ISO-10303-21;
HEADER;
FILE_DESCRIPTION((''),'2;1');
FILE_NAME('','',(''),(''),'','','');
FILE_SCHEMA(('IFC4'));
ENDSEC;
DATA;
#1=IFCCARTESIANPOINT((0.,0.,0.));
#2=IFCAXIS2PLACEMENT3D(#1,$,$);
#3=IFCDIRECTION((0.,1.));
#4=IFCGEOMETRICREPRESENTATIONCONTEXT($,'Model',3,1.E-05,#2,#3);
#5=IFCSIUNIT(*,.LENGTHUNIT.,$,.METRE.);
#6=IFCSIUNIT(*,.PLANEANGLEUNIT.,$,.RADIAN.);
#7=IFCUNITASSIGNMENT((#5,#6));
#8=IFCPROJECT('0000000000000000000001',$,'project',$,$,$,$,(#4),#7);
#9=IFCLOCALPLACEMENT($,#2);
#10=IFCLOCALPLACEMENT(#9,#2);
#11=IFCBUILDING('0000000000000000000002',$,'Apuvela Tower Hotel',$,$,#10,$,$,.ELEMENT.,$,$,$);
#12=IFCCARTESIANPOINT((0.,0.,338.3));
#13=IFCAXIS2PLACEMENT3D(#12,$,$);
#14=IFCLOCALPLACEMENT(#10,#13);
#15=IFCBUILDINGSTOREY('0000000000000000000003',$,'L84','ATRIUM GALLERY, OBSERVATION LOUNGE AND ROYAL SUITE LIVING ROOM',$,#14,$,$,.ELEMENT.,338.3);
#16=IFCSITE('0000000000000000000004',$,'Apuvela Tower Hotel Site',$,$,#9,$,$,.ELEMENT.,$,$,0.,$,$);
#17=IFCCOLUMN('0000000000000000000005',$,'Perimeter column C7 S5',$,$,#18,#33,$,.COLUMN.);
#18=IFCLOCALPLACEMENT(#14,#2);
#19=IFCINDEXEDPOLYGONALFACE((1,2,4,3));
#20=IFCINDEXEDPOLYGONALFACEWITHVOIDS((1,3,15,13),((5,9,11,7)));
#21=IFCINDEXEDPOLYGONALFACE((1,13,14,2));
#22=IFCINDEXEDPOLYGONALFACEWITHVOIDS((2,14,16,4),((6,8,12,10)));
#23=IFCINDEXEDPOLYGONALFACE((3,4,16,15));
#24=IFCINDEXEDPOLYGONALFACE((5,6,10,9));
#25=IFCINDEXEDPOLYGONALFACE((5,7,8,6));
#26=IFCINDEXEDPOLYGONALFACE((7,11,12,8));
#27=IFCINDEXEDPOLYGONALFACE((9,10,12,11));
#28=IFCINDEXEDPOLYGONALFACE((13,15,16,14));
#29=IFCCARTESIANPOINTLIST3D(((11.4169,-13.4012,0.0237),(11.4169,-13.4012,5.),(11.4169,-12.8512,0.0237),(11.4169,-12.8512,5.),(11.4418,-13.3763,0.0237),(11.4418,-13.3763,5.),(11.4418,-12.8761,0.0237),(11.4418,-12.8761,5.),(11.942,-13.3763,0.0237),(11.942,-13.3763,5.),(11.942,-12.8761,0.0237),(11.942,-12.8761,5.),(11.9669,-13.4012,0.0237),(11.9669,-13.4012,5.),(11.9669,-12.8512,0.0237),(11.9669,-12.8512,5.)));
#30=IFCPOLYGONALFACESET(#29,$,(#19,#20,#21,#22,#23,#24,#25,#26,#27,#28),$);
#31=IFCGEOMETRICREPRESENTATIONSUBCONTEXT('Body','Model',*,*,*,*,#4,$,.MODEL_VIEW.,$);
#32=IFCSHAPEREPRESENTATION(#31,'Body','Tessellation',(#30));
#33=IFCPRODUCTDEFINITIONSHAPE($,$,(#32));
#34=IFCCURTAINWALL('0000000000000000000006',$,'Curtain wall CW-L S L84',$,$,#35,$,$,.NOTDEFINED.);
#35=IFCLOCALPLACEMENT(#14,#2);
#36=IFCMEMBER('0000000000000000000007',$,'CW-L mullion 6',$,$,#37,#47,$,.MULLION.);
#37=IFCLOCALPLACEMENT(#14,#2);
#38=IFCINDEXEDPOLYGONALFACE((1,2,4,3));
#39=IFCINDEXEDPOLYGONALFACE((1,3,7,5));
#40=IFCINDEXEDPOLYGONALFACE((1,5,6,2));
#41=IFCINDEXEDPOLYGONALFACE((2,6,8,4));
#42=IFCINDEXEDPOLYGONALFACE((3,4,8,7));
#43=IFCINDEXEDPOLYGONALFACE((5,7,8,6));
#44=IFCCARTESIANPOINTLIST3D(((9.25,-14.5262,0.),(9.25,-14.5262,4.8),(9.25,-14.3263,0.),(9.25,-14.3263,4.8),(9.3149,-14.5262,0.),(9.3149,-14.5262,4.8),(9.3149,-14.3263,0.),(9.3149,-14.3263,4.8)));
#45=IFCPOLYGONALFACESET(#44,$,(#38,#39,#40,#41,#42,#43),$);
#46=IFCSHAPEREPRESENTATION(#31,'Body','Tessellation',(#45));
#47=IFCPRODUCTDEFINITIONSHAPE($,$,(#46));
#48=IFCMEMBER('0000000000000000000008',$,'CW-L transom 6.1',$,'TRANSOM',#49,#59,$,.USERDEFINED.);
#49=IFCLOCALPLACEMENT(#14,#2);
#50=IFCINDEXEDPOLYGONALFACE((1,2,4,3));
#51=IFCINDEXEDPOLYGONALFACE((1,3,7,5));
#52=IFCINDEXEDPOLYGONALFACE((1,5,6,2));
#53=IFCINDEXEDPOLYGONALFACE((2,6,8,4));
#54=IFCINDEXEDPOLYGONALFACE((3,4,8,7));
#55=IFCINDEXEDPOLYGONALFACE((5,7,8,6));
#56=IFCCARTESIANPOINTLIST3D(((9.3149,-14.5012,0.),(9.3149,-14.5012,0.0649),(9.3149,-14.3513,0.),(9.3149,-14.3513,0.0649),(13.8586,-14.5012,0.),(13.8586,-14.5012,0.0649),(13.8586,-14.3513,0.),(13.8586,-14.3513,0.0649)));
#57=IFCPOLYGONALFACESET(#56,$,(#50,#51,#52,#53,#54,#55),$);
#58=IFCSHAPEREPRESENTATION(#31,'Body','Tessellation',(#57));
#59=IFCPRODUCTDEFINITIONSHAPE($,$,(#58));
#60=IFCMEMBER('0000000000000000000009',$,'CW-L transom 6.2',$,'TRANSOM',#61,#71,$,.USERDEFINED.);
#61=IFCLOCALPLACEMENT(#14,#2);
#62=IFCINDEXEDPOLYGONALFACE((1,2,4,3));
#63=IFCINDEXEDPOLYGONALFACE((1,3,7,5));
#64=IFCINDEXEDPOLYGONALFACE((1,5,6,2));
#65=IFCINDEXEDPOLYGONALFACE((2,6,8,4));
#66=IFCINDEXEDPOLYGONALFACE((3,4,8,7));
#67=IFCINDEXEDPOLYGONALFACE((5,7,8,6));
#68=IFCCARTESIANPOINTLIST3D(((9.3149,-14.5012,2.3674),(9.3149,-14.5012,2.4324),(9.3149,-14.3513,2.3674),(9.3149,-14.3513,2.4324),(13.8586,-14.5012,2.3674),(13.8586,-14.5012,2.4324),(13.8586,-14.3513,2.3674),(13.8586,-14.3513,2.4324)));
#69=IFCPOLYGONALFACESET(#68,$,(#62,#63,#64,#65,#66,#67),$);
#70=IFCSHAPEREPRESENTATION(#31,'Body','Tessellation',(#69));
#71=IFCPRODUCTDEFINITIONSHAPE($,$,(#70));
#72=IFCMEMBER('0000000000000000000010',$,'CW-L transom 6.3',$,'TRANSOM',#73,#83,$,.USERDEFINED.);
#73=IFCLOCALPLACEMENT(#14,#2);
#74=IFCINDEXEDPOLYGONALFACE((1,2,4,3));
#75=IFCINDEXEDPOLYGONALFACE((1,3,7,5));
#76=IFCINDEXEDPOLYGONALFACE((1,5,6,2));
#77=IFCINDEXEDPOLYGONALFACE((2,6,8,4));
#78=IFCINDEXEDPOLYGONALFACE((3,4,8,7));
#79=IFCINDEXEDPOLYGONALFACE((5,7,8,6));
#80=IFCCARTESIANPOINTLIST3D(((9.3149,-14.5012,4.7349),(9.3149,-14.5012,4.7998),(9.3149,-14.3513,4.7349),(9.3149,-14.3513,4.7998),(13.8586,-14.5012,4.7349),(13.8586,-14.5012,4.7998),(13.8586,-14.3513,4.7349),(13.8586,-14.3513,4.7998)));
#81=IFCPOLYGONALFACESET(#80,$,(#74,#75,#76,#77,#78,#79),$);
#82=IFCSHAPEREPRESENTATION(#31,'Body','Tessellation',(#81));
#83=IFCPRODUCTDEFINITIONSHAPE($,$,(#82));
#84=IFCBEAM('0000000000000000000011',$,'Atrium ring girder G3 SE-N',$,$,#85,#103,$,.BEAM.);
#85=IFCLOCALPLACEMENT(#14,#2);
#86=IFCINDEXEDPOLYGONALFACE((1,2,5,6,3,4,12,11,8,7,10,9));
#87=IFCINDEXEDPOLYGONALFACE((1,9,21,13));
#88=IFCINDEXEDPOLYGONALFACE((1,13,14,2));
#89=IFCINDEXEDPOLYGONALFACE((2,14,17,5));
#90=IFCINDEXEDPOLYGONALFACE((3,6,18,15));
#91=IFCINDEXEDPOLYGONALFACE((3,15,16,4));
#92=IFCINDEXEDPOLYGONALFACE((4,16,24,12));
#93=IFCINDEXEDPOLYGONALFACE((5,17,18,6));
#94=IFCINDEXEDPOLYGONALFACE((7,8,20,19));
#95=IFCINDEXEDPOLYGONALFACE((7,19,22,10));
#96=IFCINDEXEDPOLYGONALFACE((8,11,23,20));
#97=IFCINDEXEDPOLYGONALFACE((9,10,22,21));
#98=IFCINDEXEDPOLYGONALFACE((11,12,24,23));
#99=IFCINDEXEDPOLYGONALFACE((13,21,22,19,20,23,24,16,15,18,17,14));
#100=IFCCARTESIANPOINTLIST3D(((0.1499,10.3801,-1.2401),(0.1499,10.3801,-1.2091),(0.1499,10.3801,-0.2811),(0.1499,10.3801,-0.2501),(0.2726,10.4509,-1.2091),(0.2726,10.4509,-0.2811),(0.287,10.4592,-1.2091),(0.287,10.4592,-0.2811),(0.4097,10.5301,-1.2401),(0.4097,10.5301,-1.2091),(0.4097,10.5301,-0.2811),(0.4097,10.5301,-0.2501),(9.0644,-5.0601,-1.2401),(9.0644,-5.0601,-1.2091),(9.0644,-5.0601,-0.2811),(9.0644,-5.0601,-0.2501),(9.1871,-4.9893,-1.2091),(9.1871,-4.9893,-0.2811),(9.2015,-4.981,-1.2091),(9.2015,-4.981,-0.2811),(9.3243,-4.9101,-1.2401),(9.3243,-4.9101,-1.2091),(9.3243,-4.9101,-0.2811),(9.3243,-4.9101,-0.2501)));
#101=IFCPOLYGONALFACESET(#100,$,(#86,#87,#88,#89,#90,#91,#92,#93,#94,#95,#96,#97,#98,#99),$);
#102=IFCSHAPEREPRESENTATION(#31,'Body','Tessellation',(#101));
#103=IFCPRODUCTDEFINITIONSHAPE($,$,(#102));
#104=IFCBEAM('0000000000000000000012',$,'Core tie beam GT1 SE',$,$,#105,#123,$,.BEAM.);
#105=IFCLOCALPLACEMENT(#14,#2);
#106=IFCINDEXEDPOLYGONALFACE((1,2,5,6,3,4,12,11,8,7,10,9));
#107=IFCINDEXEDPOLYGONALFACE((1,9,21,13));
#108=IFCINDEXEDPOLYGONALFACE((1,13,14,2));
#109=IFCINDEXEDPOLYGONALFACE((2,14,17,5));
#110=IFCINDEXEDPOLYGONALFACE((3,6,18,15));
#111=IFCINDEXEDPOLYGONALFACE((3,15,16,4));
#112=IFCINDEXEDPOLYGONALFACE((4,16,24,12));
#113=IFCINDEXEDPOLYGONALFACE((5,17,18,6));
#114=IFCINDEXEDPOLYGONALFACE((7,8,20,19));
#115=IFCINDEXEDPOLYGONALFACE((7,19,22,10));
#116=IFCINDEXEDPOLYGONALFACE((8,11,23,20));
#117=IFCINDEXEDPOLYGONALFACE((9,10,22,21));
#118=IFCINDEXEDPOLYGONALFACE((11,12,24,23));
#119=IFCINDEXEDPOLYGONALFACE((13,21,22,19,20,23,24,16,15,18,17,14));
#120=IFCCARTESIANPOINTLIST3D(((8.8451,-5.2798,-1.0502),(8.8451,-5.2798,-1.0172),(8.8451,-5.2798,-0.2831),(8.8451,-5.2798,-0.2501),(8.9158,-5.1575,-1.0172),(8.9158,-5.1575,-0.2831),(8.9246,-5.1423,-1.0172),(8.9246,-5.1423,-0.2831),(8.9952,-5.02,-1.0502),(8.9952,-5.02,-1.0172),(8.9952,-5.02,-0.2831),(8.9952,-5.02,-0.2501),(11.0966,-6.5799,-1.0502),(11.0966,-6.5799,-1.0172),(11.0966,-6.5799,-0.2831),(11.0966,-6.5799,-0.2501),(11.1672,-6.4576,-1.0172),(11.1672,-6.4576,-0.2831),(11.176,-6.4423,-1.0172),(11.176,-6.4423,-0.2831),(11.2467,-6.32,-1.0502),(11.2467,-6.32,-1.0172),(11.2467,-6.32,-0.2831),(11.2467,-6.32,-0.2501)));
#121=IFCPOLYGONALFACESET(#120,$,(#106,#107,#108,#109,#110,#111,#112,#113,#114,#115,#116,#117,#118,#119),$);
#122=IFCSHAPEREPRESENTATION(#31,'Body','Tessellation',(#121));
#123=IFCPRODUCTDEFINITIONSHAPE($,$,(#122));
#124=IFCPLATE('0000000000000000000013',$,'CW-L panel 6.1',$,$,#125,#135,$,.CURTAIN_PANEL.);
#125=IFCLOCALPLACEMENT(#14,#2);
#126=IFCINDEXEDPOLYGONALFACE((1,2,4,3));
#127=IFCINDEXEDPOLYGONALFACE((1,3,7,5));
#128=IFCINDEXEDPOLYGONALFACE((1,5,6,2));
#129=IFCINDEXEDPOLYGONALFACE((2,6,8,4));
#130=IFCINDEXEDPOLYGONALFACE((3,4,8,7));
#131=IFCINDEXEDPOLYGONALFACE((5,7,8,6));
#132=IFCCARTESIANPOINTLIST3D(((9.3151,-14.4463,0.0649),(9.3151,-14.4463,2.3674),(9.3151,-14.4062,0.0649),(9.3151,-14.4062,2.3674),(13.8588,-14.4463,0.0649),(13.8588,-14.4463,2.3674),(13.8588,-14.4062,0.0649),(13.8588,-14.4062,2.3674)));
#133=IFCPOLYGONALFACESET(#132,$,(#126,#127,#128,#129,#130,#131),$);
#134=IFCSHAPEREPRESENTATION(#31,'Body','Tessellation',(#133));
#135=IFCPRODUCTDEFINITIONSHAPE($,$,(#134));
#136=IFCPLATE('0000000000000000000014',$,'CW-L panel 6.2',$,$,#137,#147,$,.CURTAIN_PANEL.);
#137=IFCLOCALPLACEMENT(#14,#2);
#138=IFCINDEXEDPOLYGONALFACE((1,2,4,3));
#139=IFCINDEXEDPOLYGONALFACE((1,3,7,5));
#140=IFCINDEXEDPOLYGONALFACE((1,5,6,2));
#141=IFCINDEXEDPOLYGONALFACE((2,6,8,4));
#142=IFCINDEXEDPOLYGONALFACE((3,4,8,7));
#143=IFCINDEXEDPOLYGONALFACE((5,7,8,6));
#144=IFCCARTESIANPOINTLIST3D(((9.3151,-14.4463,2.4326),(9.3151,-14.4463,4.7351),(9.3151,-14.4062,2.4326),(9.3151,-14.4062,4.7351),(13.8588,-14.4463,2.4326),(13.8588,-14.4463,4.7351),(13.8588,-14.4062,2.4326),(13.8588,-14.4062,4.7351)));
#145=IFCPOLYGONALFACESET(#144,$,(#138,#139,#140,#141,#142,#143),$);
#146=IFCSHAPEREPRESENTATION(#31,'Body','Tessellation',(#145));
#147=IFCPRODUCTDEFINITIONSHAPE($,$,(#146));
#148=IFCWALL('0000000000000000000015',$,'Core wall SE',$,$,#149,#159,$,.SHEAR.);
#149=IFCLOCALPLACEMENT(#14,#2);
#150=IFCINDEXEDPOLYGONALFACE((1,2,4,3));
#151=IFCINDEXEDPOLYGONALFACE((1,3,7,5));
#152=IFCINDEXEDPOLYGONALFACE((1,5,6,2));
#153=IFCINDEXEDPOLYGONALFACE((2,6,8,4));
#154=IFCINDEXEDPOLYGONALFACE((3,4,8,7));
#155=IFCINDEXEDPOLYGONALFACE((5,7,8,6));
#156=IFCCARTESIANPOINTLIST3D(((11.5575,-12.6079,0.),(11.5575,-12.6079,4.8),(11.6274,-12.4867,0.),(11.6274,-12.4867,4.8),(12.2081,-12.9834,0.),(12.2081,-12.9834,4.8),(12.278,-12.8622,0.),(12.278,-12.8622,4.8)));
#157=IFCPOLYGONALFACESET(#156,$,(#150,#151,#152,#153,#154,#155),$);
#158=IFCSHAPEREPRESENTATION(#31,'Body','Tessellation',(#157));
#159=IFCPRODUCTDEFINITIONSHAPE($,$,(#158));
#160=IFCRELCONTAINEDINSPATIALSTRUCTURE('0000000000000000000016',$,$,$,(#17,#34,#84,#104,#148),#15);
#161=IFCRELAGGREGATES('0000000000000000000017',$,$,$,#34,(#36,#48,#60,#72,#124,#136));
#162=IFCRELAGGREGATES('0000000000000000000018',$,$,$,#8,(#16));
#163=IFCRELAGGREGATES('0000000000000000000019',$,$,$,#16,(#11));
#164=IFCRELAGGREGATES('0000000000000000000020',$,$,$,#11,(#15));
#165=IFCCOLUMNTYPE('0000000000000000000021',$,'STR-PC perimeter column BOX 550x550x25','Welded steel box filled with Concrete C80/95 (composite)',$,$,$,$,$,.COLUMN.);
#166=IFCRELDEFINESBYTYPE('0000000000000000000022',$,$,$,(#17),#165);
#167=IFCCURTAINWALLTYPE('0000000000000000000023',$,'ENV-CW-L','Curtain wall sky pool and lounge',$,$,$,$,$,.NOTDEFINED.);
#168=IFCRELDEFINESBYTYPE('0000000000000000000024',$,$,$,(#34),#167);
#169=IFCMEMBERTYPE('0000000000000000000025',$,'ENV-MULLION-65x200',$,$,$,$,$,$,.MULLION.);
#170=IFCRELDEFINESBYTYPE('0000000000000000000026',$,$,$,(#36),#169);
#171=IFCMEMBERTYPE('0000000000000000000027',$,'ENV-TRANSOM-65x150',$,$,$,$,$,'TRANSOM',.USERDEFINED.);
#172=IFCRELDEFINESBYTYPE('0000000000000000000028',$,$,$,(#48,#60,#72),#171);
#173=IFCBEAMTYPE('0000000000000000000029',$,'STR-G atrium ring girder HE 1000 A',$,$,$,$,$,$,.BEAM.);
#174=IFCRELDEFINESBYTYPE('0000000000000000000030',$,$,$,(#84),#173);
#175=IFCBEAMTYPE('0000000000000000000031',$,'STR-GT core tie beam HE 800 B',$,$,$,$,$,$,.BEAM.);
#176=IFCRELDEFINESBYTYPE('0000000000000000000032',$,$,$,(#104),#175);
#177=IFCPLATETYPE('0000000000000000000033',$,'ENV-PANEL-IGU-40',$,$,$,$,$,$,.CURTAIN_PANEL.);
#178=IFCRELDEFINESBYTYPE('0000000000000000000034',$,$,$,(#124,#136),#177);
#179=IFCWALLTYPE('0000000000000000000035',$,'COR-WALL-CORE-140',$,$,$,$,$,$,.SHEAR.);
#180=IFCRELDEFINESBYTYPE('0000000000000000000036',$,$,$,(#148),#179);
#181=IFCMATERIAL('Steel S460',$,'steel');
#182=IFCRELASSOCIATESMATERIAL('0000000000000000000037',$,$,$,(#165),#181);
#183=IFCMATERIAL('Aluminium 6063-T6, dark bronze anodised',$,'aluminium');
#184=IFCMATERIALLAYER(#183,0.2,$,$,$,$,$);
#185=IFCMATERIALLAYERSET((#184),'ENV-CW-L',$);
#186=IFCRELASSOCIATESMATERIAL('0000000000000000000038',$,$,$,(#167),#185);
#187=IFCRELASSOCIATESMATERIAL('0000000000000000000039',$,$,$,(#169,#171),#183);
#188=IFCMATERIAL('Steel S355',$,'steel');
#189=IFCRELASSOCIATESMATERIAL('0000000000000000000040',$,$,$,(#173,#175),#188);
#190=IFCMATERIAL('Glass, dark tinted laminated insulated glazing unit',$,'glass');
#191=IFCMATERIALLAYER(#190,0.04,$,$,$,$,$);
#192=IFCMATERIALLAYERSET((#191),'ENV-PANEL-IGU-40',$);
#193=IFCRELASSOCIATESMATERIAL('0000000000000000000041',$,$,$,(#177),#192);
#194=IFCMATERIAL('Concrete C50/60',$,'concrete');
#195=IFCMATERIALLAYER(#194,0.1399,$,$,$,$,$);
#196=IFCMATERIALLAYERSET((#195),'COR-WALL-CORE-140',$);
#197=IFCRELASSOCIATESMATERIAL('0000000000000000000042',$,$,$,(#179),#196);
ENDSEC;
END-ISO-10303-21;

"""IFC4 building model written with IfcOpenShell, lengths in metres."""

from ifc_helpers import new_model, si_unit, direction, frame, frame_2d, origin, origin_2d, place, context, subcontext, project, spatial, rectangle, hollow_rectangle, i_section, extrude, boolean, halfspace, material, layer, layer_set, material_profile, profile_set, type_object, element, aggregate, save


model = new_model("IFC4")

# Units and contexts
model_context = context("Model", 3, precision=1e-05, world=origin(), true_north=direction((0.0, 1.0)))
body_context = subcontext(model_context, "Body", "Model", "MODEL_VIEW")
ifc_project = project(units=[si_unit("LENGTHUNIT", "METRE"), si_unit("PLANEANGLEUNIT", "RADIAN")], contexts=[model_context])

# Site, building, storey
site_placement = place(None, origin())
site = spatial("IfcSite", under=ifc_project, at=site_placement, Name="Apuvela Tower Hotel Site", CompositionType="ELEMENT", RefElevation=0.0)
building_placement = place(site_placement, origin())
building = spatial("IfcBuilding", under=site, at=building_placement, Name="Apuvela Tower Hotel", CompositionType="ELEMENT")
storey_placement = place(building_placement, frame((0.0, 0.0, 338.3)))
storey = spatial("IfcBuildingStorey", under=building, at=storey_placement, Name="L84", Description="ATRIUM GALLERY, OBSERVATION LOUNGE AND ROYAL SUITE LIVING ROOM", CompositionType="ELEMENT", Elevation=338.3)

# Column
ifc_material_1 = material(Name="Steel S460", Category="steel")
ifc_material_profile_1 = material_profile(ifc_material_1, hollow_rectangle(XDim=0.55, YDim=0.55, WallThickness=0.0249, at=origin_2d()), Name="BOX 550x550x25")
ifc_material_2 = material(Name="Concrete C80/95", Category="concrete")
ifc_material_profile_2 = material_profile(ifc_material_2, rectangle(XDim=0.5, YDim=0.5, at=origin_2d()), Name="Concrete C80/95 infill")
ifc_profile_set_1 = profile_set([ifc_material_profile_1, ifc_material_profile_2], Name="Steel S460")
column_type = type_object("IfcColumnType", Name="STR-PC perimeter column BOX 550x550x25", Description="Welded steel box filled with Concrete C80/95 (composite)", PredefinedType="COLUMN", material=ifc_profile_set_1)
column_placement = place(storey_placement, frame((11.6919, -13.1262, 0.0), z_axis=(0.0, 0.0, 1.0), x_axis=(-1.0, 0.0, 0.0)))
element("IfcColumn", 1, at=column_placement, inside=storey, type_object=column_type, Name="Perimeter column C7 S5", PredefinedType="COLUMN", context=body_context, shape_type="SweptSolid", body=[
    boolean("DIFFERENCE", extrude(hollow_rectangle(XDim=0.55, YDim=0.55, WallThickness=0.0249, at=origin_2d()), origin(), (0.0, 0.0, 1.0), 5.0), halfspace(frame((0.0, 0.0, 0.0237), z_axis=(0.0, 0.0, 1.0), x_axis=(1.0, 0.0, 0.0)), True)),
])

# Curtain wall, members
ifc_material_3 = material(Name="Aluminium 6063-T6, dark bronze anodised", Category="aluminium")
ifc_layer_1 = layer(ifc_material_3, 0.2)
ifc_layer_set_1 = layer_set([ifc_layer_1], Name="ENV-CW-L")
curtain_wall_type = type_object("IfcCurtainWallType", Name="ENV-CW-L", Description="Curtain wall sky pool and lounge", PredefinedType="NOTDEFINED", material=ifc_layer_set_1)
curtain_wall_placement = place(storey_placement, origin())
curtain_wall = element("IfcCurtainWall", 2, at=curtain_wall_placement, inside=storey, type_object=curtain_wall_type, Name="Curtain wall CW-L S L84", PredefinedType="NOTDEFINED")
ifc_material_profile_3 = material_profile(ifc_material_3, rectangle(XDim=0.2, YDim=0.0649, at=origin_2d()), Name="AL 65x200")
ifc_profile_set_2 = profile_set([ifc_material_profile_3], Name="Aluminium 6063-T6, dark bronze anodised")
member_type_1 = type_object("IfcMemberType", Name="ENV-MULLION-65x200", PredefinedType="MULLION", material=ifc_profile_set_2)
member_1_placement = place(storey_placement, frame((9.2825, -14.4263, 0.0), z_axis=(0.0, 0.0, 1.0), x_axis=(0.0, 1.0, 0.0)))
member_1 = element("IfcMember", 3, at=member_1_placement, type_object=member_type_1, Name="CW-L mullion 6", PredefinedType="MULLION", context=body_context, shape_type="SweptSolid", body=[
    extrude(rectangle(XDim=0.2, YDim=0.0649, at=origin_2d()), origin(), (0.0, 0.0, 1.0), 4.8),
])
ifc_material_profile_4 = material_profile(ifc_material_3, rectangle(XDim=0.1499, YDim=0.0649, at=origin_2d()), Name="AL 65x150 transom")
ifc_profile_set_3 = profile_set([ifc_material_profile_4], Name="Aluminium 6063-T6, dark bronze anodised")
member_type_2 = type_object("IfcMemberType", Name="ENV-TRANSOM-65x150", ElementType="TRANSOM", PredefinedType="USERDEFINED", material=ifc_profile_set_3)
member_2_placement = place(storey_placement, frame((9.3149, -14.4263, 0.0325), z_axis=(1.0, 0.0, 0.0), x_axis=(0.0, 1.0, 0.0)))
member_2 = element("IfcMember", 4, at=member_2_placement, type_object=member_type_2, Name="CW-L transom 6.1", ObjectType="TRANSOM", PredefinedType="USERDEFINED", context=body_context, shape_type="SweptSolid", body=[
    extrude(rectangle(XDim=0.1499, YDim=0.0649, at=origin_2d()), origin(), (0.0, 0.0, 1.0), 4.5437),
])
member_3_placement = place(storey_placement, frame((9.3149, -14.4263, 2.3999), z_axis=(1.0, 0.0, 0.0), x_axis=(0.0, 1.0, 0.0)))
member_3 = element("IfcMember", 5, at=member_3_placement, type_object=member_type_2, Name="CW-L transom 6.2", ObjectType="TRANSOM", PredefinedType="USERDEFINED", context=body_context, shape_type="SweptSolid", body=[
    extrude(rectangle(XDim=0.1499, YDim=0.0649, at=origin_2d()), origin(), (0.0, 0.0, 1.0), 4.5437),
])
member_4_placement = place(storey_placement, frame((9.3149, -14.4263, 4.7673), z_axis=(1.0, 0.0, 0.0), x_axis=(0.0, 1.0, 0.0)))
member_4 = element("IfcMember", 6, at=member_4_placement, type_object=member_type_2, Name="CW-L transom 6.3", ObjectType="TRANSOM", PredefinedType="USERDEFINED", context=body_context, shape_type="SweptSolid", body=[
    extrude(rectangle(XDim=0.1499, YDim=0.0649, at=origin_2d()), origin(), (0.0, 0.0, 1.0), 4.5437),
])

# Beams
ifc_material_4 = material(Name="Steel S355", Category="steel")
ifc_material_profile_5 = material_profile(ifc_material_4, i_section(OverallWidth=0.3, OverallDepth=0.99, WebThickness=0.0166, FlangeThickness=0.031, at=origin_2d()), Name="HE 1000 A")
ifc_profile_set_4 = profile_set([ifc_material_profile_5], Name="Steel S355")
beam_type_1 = type_object("IfcBeamType", Name="STR-G atrium ring girder HE 1000 A", PredefinedType="BEAM", material=ifc_profile_set_4)
beam_1_placement = place(storey_placement, frame((9.1943, -4.9851, -0.7451), z_axis=(-0.500007, 0.866022, 0.0), x_axis=(-0.866022, -0.500007, 0.0)))
element("IfcBeam", 7, at=beam_1_placement, inside=storey, type_object=beam_type_1, Name="Atrium ring girder G3 SE-N", PredefinedType="BEAM", context=body_context, shape_type="SweptSolid", body=[
    extrude(i_section(OverallWidth=0.3, OverallDepth=0.99, WebThickness=0.0166, FlangeThickness=0.031, at=origin_2d()), origin(), (0.0, 0.0, 1.0), 17.8289),
])
ifc_material_profile_6 = material_profile(ifc_material_4, i_section(OverallWidth=0.3, OverallDepth=0.8, WebThickness=0.0176, FlangeThickness=0.033, at=origin_2d()), Name="HE 800 B")
ifc_profile_set_5 = profile_set([ifc_material_profile_6], Name="Steel S355")
beam_type_2 = type_object("IfcBeamType", Name="STR-GT core tie beam HE 800 B", PredefinedType="BEAM", material=ifc_profile_set_5)
beam_2_placement = place(storey_placement, frame((11.1716, -6.45, -0.6501), z_axis=(-0.865998, 0.500048, 0.0), x_axis=(-0.500048, -0.865998, 0.0)))
element("IfcBeam", 8, at=beam_2_placement, inside=storey, type_object=beam_type_2, Name="Core tie beam GT1 SE", PredefinedType="BEAM", context=body_context, shape_type="SweptSolid", body=[
    extrude(i_section(OverallWidth=0.3, OverallDepth=0.8, WebThickness=0.0176, FlangeThickness=0.033, at=origin_2d()), origin(), (0.0, 0.0, 1.0), 2.5999),
])

# Plates
ifc_material_5 = material(Name="Glass, dark tinted laminated insulated glazing unit", Category="glass")
ifc_layer_2 = layer(ifc_material_5, 0.04)
ifc_layer_set_2 = layer_set([ifc_layer_2], Name="ENV-PANEL-IGU-40")
plate_type = type_object("IfcPlateType", Name="ENV-PANEL-IGU-40", PredefinedType="CURTAIN_PANEL", material=ifc_layer_set_2)
plate_1_placement = place(storey_placement, frame((11.5869, -14.4263, 0.0649), z_axis=(0.0, 0.0, 1.0), x_axis=(1.0, 0.0, 0.0)))
plate_1 = element("IfcPlate", 9, at=plate_1_placement, type_object=plate_type, Name="CW-L panel 6.1", PredefinedType="CURTAIN_PANEL", context=body_context, shape_type="SweptSolid", body=[
    extrude(rectangle(XDim=4.5437, YDim=0.04, at=origin_2d()), origin(), (0.0, 0.0, 1.0), 2.3025),
])
plate_2_placement = place(storey_placement, frame((11.5869, -14.4263, 2.4326), z_axis=(0.0, 0.0, 1.0), x_axis=(1.0, 0.0, 0.0)))
plate_2 = element("IfcPlate", 10, at=plate_2_placement, type_object=plate_type, Name="CW-L panel 6.2", PredefinedType="CURTAIN_PANEL", context=body_context, shape_type="SweptSolid", body=[
    extrude(rectangle(XDim=4.5437, YDim=0.04, at=origin_2d()), origin(), (0.0, 0.0, 1.0), 2.3025),
])
aggregate(curtain_wall, [member_1, member_2, member_3, member_4, plate_1, plate_2])

# Wall
ifc_material_6 = material(Name="Concrete C50/60", Category="concrete")
ifc_layer_3 = layer(ifc_material_6, 0.1399)
ifc_layer_set_3 = layer_set([ifc_layer_3], Name="COR-WALL-CORE-140")
wall_type_1 = type_object("IfcWallType", Name="COR-WALL-CORE-140", PredefinedType="SHEAR", material=ifc_layer_set_3)
wall_1_placement = place(storey_placement, frame((11.5925, -12.5474, 0.0), z_axis=(0.0, 0.0, 1.0), x_axis=(0.866115, -0.499844, 0.0)))
element("IfcWall", 11, at=wall_1_placement, inside=storey, type_object=wall_type_1, Name="Core wall SE", PredefinedType="SHEAR", context=body_context, shape_type="SweptSolid", body=[
    extrude(rectangle(XDim=0.7512, YDim=0.1399, at=frame_2d((0.3755, 0.0))), origin(), (0.0, 0.0, 1.0), 4.8),
])

save(model, "model.ifc")
